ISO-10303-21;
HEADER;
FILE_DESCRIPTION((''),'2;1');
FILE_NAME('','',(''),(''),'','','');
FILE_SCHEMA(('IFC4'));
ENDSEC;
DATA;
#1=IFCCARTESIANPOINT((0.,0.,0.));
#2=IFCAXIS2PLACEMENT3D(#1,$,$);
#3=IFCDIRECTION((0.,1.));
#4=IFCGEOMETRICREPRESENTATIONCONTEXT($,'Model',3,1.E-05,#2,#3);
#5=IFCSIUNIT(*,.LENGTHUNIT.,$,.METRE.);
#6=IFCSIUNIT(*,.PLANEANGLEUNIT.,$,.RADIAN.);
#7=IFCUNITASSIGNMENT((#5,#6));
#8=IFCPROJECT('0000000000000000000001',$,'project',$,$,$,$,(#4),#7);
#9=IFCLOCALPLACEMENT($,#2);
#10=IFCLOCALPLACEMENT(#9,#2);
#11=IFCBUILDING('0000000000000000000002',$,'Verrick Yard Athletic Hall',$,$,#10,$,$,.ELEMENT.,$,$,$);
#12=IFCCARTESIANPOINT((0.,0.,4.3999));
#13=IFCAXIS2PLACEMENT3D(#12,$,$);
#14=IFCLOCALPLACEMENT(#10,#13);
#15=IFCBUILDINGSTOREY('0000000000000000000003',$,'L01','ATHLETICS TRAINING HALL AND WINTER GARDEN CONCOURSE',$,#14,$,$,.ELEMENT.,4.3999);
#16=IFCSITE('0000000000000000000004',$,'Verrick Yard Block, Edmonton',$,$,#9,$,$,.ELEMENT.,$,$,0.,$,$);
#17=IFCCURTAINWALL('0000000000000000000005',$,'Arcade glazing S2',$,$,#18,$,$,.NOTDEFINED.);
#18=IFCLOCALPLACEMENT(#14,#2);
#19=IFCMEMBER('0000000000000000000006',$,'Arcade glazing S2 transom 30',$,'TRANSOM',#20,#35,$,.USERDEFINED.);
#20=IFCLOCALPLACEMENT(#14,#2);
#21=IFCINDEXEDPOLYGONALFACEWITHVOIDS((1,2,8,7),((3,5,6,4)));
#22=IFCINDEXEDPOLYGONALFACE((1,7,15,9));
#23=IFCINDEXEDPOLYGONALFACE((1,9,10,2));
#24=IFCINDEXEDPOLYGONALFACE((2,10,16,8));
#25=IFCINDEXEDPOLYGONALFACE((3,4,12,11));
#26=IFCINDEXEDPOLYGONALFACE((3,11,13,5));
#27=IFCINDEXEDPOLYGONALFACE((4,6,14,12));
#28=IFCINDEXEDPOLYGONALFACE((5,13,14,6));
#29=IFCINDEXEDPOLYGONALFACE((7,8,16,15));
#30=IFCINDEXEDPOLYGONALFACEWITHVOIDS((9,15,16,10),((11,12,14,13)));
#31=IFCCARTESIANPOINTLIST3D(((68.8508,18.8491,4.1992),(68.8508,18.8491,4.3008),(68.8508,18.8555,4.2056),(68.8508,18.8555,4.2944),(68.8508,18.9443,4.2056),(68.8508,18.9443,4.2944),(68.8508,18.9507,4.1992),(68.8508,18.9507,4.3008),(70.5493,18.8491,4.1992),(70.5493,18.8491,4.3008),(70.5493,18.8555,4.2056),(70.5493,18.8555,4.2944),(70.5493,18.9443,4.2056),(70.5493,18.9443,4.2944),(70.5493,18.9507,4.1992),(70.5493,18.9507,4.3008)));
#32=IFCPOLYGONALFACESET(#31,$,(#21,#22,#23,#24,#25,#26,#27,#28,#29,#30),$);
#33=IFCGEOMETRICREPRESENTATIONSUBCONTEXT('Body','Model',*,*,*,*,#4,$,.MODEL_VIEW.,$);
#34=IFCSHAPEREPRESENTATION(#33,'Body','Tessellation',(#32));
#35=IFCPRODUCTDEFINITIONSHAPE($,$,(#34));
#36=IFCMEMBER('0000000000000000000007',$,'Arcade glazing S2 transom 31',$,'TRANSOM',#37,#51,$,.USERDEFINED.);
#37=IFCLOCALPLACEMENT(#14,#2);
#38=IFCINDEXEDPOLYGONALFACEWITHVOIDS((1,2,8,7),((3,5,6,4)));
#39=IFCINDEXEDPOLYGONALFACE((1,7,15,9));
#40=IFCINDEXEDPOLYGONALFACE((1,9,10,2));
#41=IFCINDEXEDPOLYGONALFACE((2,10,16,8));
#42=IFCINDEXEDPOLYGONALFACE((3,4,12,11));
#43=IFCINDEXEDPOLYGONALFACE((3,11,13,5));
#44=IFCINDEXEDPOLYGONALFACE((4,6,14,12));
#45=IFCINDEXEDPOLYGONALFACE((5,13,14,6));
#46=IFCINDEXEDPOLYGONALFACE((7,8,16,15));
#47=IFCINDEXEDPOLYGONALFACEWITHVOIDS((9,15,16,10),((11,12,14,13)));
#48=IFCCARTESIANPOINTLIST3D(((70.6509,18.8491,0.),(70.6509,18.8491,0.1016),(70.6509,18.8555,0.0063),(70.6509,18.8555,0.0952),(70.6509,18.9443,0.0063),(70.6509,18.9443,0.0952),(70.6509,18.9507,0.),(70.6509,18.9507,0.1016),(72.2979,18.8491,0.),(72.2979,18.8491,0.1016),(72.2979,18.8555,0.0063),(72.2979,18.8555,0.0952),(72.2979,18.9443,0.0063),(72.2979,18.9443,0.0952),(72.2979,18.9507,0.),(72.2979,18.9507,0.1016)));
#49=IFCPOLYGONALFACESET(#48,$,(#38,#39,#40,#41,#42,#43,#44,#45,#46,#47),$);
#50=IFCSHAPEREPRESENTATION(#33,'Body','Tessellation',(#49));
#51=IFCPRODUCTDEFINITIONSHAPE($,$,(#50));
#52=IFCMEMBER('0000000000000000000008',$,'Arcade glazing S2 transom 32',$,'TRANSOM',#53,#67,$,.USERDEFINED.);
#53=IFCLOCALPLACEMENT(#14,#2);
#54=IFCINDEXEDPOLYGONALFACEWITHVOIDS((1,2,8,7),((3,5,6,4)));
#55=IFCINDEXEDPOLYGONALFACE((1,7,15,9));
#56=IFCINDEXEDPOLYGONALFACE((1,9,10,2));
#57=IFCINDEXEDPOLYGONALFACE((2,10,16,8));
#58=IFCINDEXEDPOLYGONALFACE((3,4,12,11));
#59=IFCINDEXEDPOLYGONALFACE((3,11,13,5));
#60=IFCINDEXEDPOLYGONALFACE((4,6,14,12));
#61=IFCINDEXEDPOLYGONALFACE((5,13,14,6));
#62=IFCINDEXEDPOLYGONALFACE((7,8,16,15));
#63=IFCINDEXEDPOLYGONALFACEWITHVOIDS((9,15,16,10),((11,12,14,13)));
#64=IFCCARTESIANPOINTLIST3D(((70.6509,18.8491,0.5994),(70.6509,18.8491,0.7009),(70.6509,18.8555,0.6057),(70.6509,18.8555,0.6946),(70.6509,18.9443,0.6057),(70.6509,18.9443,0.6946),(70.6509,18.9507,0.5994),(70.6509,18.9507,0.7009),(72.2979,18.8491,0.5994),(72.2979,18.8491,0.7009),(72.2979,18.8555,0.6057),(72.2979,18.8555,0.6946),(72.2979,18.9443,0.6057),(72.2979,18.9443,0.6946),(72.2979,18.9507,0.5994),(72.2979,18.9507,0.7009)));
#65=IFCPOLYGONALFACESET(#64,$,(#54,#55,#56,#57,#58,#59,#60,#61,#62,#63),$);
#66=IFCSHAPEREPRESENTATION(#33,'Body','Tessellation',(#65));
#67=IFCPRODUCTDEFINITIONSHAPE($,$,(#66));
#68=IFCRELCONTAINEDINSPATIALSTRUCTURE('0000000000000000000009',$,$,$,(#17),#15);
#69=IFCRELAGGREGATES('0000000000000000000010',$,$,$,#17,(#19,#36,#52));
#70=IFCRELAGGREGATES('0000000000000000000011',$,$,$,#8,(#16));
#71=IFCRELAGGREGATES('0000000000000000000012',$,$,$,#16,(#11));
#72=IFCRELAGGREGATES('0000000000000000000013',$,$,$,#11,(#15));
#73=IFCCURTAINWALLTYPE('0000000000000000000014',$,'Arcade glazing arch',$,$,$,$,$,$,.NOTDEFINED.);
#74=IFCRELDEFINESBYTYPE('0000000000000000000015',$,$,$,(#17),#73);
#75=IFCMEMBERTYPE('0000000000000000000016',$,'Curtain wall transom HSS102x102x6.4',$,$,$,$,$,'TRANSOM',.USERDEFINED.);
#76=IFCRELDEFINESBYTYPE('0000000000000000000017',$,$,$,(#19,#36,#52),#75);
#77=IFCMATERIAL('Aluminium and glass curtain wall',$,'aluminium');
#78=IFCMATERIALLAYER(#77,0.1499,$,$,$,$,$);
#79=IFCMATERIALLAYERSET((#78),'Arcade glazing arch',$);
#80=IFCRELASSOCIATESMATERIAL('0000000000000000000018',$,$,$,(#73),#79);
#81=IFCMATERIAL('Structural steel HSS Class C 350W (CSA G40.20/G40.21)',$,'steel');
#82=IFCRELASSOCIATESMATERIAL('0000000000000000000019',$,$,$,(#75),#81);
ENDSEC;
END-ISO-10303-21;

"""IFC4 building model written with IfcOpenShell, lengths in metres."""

from ifc_helpers import new_model, si_unit, direction, frame, origin, origin_2d, place, context, subcontext, project, spatial, hollow_rectangle, extrude, material, layer, layer_set, material_profile, profile_set, type_object, element, aggregate, save


model = new_model("IFC4")

# Units and contexts
model_context = context("Model", 3, precision=1e-05, world=origin(), true_north=direction((0.0, 1.0)))
body_context = subcontext(model_context, "Body", "Model", "MODEL_VIEW")
ifc_project = project(units=[si_unit("LENGTHUNIT", "METRE"), si_unit("PLANEANGLEUNIT", "RADIAN")], contexts=[model_context])

# Site, building, storey
site_placement = place(None, origin())
site = spatial("IfcSite", under=ifc_project, at=site_placement, Name="Verrick Yard Block, Edmonton", CompositionType="ELEMENT", RefElevation=0.0)
building_placement = place(site_placement, origin())
building = spatial("IfcBuilding", under=site, at=building_placement, Name="Verrick Yard Athletic Hall", CompositionType="ELEMENT")
storey_placement = place(building_placement, frame((0.0, 0.0, 4.3999)))
storey = spatial("IfcBuildingStorey", under=building, at=storey_placement, Name="L01", Description="ATHLETICS TRAINING HALL AND WINTER GARDEN CONCOURSE", CompositionType="ELEMENT", Elevation=4.3999)

# Curtain wall, members
ifc_material_1 = material(Name="Aluminium and glass curtain wall", Category="aluminium")
ifc_layer_1 = layer(ifc_material_1, 0.1499)
ifc_layer_set_1 = layer_set([ifc_layer_1], Name="Arcade glazing arch")
curtain_wall_type_1 = type_object("IfcCurtainWallType", Name="Arcade glazing arch", PredefinedType="NOTDEFINED", material=ifc_layer_set_1)
curtain_wall_1_placement = place(storey_placement, origin())
curtain_wall_1 = element("IfcCurtainWall", 1, at=curtain_wall_1_placement, inside=storey, type_object=curtain_wall_type_1, Name="Arcade glazing S2", PredefinedType="NOTDEFINED")
ifc_material_2 = material(Name="Structural steel HSS Class C 350W (CSA G40.20/G40.21)", Category="steel")
ifc_material_profile_1 = material_profile(ifc_material_2, hollow_rectangle(XDim=0.1016, YDim=0.1016, WallThickness=0.0063, at=origin_2d()), Name="HSS102x102x6.4")
ifc_profile_set_1 = profile_set([ifc_material_profile_1], Name="Structural steel HSS Class C 350W (CSA G40.20/G40.21)")
member_type_1 = type_object("IfcMemberType", Name="Curtain wall transom HSS102x102x6.4", ElementType="TRANSOM", PredefinedType="USERDEFINED", material=ifc_profile_set_1)
member_1_placement = place(storey_placement, frame((68.8508, 18.8999, 4.25), z_axis=(1.0, 0.0, 0.0), x_axis=(0.0, 1.0, 0.0)))
member_1 = element("IfcMember", 2, at=member_1_placement, type_object=member_type_1, Name="Arcade glazing S2 transom 30", ObjectType="TRANSOM", PredefinedType="USERDEFINED", context=body_context, shape_type="SweptSolid", body=[
    extrude(hollow_rectangle(XDim=0.1016, YDim=0.1016, WallThickness=0.0063, at=origin_2d()), origin(), (0.0, 0.0, 1.0), 1.6985),
])
member_2_placement = place(storey_placement, frame((70.6509, 18.8999, 0.0508), z_axis=(1.0, 0.0, 0.0), x_axis=(0.0, 1.0, 0.0)))
member_2 = element("IfcMember", 3, at=member_2_placement, type_object=member_type_1, Name="Arcade glazing S2 transom 31", ObjectType="TRANSOM", PredefinedType="USERDEFINED", context=body_context, shape_type="SweptSolid", body=[
    extrude(hollow_rectangle(XDim=0.1016, YDim=0.1016, WallThickness=0.0063, at=origin_2d()), origin(), (0.0, 0.0, 1.0), 1.647),
])
member_3_placement = place(storey_placement, frame((70.6509, 18.8999, 0.6501), z_axis=(1.0, 0.0, 0.0), x_axis=(0.0, 1.0, 0.0)))
member_3 = element("IfcMember", 4, at=member_3_placement, type_object=member_type_1, Name="Arcade glazing S2 transom 32", ObjectType="TRANSOM", PredefinedType="USERDEFINED", context=body_context, shape_type="SweptSolid", body=[
    extrude(hollow_rectangle(XDim=0.1016, YDim=0.1016, WallThickness=0.0063, at=origin_2d()), origin(), (0.0, 0.0, 1.0), 1.647),
])
aggregate(curtain_wall_1, [member_1, member_2, member_3])

save(model, "model.ifc")
